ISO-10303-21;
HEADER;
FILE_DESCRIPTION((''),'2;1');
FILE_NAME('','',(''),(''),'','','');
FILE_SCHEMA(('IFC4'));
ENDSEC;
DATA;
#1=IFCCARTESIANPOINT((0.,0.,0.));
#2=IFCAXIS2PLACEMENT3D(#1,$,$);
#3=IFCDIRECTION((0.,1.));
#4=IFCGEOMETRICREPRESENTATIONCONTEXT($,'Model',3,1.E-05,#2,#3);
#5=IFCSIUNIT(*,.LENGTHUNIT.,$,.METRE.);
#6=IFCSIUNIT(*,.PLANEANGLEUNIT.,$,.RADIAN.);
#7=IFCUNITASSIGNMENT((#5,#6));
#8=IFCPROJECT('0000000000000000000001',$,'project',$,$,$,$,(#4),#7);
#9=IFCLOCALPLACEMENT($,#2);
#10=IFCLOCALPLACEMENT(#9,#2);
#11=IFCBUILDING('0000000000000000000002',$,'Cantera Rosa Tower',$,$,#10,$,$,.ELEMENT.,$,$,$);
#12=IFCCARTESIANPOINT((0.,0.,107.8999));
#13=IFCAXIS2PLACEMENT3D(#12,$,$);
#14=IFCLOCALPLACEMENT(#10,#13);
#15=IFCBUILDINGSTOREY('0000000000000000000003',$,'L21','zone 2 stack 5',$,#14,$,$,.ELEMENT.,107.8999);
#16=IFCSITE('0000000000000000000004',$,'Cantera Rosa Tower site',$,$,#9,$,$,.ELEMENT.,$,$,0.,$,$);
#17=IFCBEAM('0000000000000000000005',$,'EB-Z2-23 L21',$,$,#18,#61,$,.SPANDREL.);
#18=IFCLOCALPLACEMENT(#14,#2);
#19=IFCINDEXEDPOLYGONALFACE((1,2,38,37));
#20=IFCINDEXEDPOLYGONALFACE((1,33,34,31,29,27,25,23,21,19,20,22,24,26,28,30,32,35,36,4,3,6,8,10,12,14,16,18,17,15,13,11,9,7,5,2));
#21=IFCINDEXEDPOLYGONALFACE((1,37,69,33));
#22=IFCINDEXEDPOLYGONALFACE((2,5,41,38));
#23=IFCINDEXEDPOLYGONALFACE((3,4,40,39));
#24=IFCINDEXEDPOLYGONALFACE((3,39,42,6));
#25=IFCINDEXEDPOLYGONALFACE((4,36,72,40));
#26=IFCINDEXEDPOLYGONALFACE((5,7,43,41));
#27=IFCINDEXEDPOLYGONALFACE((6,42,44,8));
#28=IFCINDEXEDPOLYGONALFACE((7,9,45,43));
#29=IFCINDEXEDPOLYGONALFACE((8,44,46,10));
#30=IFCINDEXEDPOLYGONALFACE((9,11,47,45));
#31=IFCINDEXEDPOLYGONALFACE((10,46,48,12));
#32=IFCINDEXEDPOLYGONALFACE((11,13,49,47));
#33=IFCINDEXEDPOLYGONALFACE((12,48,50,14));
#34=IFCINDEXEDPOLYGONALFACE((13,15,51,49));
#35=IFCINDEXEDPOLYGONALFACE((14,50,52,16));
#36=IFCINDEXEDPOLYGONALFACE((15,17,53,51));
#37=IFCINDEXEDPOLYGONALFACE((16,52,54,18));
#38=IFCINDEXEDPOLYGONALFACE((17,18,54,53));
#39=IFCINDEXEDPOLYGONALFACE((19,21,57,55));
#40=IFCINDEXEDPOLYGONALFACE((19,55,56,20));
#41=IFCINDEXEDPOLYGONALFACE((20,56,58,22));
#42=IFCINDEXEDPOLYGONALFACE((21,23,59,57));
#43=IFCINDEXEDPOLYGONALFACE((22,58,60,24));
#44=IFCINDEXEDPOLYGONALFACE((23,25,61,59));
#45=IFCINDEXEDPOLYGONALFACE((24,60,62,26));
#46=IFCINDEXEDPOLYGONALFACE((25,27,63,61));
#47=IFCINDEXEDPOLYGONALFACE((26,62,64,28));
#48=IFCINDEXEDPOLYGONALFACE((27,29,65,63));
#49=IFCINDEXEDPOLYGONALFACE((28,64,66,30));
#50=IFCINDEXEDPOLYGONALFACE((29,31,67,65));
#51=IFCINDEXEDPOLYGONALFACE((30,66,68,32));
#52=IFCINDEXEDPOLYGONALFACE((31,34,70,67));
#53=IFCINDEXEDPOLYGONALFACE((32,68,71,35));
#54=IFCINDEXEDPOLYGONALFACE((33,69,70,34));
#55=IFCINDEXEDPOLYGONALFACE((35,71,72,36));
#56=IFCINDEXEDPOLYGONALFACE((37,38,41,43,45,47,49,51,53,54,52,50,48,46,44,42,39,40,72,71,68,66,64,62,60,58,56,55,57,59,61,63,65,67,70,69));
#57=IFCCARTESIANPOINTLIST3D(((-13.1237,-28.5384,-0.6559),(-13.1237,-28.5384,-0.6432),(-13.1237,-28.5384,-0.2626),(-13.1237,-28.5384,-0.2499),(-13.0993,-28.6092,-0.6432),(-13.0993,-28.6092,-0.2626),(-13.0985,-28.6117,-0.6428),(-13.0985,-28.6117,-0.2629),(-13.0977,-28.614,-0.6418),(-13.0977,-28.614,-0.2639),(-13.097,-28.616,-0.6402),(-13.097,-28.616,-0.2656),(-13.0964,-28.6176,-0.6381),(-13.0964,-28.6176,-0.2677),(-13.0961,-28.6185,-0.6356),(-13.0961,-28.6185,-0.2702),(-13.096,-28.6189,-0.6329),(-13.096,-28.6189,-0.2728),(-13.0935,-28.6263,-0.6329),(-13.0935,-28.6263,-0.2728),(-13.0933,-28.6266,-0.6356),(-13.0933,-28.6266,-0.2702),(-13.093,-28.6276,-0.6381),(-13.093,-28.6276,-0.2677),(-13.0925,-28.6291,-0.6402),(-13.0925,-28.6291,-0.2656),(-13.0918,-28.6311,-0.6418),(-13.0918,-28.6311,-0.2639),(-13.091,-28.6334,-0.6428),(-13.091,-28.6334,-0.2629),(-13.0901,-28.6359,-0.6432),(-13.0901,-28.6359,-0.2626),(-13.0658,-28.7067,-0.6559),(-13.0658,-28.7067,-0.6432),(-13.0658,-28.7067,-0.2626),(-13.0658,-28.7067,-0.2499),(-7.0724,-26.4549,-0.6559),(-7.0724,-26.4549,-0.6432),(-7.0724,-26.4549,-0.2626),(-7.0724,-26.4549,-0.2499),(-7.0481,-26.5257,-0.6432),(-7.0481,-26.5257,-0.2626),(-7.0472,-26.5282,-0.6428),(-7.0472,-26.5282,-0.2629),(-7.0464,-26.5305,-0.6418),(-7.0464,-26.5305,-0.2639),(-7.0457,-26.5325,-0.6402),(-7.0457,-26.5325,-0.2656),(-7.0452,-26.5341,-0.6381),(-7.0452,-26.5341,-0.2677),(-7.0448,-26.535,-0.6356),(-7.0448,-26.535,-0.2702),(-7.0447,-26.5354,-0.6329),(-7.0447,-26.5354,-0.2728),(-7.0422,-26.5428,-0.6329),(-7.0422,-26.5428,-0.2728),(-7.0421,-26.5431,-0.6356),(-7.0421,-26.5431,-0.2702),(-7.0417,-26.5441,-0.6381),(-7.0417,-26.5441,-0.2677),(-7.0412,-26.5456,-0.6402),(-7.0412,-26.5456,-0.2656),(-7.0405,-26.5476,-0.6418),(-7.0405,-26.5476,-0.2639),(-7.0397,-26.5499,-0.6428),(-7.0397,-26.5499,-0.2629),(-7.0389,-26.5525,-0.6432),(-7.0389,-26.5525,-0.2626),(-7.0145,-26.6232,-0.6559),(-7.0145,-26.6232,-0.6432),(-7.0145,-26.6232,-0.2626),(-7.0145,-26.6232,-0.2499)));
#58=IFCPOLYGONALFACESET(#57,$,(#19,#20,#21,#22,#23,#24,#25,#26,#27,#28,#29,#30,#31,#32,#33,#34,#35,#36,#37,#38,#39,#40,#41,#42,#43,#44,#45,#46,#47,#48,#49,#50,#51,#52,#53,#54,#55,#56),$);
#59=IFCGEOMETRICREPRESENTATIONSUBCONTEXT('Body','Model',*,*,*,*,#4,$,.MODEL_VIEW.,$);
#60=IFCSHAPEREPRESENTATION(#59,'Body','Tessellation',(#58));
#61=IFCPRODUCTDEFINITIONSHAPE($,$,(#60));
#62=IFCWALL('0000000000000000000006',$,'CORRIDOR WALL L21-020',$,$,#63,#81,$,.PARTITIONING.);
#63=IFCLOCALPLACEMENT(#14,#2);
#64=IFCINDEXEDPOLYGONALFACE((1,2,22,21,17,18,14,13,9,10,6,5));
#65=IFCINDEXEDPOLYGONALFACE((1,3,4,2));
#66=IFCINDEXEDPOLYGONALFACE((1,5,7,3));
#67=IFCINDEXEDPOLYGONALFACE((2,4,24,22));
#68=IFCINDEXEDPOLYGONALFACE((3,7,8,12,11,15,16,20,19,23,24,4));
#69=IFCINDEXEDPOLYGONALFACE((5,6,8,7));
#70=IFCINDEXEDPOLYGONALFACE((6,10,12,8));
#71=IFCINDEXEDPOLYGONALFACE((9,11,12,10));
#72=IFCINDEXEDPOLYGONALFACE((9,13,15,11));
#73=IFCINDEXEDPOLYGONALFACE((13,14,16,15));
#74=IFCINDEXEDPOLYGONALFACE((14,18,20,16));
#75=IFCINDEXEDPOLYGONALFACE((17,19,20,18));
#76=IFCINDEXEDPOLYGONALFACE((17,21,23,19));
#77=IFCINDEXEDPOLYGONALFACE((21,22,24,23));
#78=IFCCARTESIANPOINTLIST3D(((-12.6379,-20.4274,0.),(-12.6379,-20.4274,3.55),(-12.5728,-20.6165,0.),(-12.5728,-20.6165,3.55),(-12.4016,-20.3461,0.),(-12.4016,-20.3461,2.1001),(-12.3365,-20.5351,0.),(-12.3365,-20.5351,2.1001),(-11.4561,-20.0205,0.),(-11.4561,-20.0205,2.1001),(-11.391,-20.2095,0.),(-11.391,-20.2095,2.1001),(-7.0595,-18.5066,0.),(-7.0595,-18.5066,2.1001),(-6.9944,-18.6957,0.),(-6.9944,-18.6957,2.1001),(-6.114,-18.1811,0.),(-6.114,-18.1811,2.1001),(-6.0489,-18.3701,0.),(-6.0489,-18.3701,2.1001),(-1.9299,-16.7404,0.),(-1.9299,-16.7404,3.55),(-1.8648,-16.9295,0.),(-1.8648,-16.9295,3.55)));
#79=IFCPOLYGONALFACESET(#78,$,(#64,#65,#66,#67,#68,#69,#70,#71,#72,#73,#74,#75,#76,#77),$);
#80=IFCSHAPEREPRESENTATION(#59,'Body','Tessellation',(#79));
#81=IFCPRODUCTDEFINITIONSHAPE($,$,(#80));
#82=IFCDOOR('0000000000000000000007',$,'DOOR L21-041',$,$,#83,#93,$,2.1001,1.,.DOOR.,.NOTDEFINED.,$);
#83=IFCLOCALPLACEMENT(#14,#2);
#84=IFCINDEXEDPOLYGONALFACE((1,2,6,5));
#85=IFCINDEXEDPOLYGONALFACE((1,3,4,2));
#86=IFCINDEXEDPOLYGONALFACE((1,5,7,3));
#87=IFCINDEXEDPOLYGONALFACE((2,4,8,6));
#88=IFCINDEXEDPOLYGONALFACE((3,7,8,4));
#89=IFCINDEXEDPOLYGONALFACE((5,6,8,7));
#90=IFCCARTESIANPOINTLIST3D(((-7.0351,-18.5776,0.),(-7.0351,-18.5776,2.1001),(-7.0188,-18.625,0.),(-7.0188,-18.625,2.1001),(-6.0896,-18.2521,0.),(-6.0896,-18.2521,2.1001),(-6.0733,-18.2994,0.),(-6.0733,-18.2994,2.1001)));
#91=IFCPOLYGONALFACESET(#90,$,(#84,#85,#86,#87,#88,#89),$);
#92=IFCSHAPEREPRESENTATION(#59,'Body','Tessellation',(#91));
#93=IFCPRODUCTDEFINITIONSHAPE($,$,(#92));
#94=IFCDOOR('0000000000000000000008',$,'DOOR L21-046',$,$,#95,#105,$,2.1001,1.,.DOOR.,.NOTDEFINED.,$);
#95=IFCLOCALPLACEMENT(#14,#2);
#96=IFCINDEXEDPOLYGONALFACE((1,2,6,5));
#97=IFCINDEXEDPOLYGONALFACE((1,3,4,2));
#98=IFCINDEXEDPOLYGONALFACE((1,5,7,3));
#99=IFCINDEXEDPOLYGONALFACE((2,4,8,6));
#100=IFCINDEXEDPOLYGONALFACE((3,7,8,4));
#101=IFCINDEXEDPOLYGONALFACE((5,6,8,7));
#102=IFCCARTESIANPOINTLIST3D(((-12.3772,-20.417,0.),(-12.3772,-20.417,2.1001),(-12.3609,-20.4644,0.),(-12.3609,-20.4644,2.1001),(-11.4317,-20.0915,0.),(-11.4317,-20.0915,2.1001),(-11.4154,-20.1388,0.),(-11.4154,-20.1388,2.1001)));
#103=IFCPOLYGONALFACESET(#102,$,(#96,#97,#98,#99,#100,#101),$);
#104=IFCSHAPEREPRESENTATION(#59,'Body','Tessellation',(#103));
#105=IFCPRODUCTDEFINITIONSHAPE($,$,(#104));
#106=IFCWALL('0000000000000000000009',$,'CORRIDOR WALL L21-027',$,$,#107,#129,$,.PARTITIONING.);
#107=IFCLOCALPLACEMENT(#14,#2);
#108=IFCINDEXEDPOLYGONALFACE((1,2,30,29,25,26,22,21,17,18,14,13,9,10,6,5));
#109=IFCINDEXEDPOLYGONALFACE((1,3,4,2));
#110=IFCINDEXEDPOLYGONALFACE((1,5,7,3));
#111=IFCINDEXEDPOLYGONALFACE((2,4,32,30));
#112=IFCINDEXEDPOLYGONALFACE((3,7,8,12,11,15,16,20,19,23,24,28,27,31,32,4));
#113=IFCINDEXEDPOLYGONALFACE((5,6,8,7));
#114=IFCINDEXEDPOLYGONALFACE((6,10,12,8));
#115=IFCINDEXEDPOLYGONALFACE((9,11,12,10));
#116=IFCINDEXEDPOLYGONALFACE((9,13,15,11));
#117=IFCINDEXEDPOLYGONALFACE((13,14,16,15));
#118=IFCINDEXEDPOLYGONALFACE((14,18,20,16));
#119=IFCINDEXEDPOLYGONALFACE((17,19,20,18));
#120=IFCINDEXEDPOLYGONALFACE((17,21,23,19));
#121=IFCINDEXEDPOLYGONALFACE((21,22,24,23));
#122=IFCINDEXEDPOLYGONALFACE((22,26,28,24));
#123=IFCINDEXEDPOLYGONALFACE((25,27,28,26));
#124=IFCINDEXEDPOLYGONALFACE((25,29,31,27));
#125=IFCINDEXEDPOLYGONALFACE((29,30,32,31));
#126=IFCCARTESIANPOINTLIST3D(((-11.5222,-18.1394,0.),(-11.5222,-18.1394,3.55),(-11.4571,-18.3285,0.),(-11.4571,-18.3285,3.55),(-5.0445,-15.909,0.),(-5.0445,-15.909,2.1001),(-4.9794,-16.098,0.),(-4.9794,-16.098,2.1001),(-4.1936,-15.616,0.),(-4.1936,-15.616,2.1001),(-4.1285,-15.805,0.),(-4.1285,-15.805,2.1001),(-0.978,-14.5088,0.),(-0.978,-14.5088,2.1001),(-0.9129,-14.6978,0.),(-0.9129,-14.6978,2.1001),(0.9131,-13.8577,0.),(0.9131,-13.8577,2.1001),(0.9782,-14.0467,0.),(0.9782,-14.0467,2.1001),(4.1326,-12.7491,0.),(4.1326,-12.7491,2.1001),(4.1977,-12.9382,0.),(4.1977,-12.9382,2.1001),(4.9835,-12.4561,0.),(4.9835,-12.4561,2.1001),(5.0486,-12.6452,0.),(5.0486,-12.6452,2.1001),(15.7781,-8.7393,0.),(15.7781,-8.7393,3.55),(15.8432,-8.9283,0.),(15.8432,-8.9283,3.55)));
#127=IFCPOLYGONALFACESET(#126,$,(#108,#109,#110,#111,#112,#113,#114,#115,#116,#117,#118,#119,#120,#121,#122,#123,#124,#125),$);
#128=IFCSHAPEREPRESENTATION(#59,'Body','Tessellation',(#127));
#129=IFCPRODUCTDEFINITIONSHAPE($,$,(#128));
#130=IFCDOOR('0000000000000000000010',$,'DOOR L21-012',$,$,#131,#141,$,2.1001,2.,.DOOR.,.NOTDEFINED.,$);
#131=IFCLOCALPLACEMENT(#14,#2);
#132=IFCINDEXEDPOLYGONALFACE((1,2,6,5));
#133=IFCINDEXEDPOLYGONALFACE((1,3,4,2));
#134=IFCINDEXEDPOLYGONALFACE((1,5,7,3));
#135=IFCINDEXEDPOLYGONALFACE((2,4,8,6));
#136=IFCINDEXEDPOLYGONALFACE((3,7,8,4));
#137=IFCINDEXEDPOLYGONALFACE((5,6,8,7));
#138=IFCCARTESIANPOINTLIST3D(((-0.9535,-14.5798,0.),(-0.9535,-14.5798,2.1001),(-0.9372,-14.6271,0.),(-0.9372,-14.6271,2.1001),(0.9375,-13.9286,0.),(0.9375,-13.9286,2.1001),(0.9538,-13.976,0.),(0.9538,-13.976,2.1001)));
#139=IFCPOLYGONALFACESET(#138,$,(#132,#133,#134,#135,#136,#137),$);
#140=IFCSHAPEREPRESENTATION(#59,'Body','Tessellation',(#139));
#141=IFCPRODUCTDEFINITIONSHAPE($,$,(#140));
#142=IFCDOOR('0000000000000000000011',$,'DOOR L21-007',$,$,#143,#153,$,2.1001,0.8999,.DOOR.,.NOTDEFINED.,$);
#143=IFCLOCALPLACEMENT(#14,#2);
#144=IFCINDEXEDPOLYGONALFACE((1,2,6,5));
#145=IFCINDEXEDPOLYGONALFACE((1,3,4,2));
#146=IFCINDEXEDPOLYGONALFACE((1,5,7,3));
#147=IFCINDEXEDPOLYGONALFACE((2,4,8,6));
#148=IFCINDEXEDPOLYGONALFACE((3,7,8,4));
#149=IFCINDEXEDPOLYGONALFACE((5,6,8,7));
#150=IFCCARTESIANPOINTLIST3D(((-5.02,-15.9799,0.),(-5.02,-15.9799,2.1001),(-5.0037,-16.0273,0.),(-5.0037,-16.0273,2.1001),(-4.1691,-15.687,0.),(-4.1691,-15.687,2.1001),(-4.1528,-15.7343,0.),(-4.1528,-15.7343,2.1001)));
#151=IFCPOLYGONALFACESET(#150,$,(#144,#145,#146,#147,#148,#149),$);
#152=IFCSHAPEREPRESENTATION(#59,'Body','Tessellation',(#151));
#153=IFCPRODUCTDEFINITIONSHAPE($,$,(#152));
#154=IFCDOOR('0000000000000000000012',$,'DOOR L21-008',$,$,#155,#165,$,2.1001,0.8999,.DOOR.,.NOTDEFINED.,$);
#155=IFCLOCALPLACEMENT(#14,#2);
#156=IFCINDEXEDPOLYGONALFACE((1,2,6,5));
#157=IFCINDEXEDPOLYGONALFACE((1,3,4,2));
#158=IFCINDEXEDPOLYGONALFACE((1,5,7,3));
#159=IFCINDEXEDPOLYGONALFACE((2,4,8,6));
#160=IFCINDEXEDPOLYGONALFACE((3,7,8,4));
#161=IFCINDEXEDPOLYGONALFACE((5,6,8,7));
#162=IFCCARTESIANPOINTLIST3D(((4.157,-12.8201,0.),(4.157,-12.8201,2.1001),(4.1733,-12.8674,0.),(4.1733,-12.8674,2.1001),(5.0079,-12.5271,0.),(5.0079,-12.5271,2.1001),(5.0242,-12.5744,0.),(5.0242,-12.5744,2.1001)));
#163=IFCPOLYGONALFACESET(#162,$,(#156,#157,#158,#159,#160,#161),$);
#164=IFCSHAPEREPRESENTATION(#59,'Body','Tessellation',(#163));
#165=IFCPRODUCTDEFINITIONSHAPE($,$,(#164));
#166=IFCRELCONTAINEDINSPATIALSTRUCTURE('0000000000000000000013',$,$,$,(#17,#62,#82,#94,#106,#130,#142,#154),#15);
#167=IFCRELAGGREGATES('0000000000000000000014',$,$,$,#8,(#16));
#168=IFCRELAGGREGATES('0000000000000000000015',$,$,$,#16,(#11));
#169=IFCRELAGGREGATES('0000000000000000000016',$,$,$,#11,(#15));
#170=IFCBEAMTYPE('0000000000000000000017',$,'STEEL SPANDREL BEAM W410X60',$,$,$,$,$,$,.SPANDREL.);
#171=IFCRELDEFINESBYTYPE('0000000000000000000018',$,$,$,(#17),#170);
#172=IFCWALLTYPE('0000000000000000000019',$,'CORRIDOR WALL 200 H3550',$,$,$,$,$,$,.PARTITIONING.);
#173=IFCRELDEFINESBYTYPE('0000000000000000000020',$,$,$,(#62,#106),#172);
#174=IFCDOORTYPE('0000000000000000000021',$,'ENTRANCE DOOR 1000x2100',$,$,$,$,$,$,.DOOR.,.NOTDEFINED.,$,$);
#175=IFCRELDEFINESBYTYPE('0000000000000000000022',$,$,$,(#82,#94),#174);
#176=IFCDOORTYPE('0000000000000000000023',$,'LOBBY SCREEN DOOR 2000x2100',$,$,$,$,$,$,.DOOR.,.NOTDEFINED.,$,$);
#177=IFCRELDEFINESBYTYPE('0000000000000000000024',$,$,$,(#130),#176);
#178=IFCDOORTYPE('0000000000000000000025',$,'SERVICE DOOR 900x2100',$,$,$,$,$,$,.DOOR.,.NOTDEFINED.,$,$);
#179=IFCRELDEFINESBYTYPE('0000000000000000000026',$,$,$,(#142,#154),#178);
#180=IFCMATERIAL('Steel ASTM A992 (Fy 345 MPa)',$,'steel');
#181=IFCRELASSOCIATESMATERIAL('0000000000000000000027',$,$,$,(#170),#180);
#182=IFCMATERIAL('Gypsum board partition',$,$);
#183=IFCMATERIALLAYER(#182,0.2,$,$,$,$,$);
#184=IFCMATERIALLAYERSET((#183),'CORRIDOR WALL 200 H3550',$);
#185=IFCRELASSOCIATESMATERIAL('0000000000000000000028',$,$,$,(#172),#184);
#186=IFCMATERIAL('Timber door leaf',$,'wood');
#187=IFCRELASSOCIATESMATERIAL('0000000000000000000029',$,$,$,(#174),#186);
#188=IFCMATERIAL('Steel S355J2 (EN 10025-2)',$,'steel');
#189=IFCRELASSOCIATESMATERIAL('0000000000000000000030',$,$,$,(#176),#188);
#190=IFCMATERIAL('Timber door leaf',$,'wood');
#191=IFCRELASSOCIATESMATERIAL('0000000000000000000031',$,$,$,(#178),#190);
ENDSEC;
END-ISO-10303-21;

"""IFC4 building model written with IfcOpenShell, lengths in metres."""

from ifc_helpers import new_model, si_unit, direction, frame, frame_2d, origin, origin_2d, place, context, subcontext, project, spatial, rectangle, i_section, extrude, material, layer, layer_set, material_profile, profile_set, type_object, element, fill, save


model = new_model("IFC4")

# Units and contexts
model_context = context("Model", 3, precision=1e-05, world=origin(), true_north=direction((0.0, 1.0)))
body_context = subcontext(model_context, "Body", "Model", "MODEL_VIEW")
ifc_project = project(units=[si_unit("LENGTHUNIT", "METRE"), si_unit("PLANEANGLEUNIT", "RADIAN")], contexts=[model_context])

# Site, building, storey
site_placement = place(None, origin())
site = spatial("IfcSite", under=ifc_project, at=site_placement, Name="Cantera Rosa Tower site", CompositionType="ELEMENT", RefElevation=0.0)
building_placement = place(site_placement, origin())
building = spatial("IfcBuilding", under=site, at=building_placement, Name="Cantera Rosa Tower", CompositionType="ELEMENT")
storey_placement = place(building_placement, frame((0.0, 0.0, 107.8999)))
storey = spatial("IfcBuildingStorey", under=building, at=storey_placement, Name="L21", Description="zone 2 stack 5", CompositionType="ELEMENT", Elevation=107.8999)

# Beam
ifc_material_1 = material(Name="Steel ASTM A992 (Fy 345 MPa)", Category="steel")
ifc_material_profile_1 = material_profile(ifc_material_1, i_section(OverallWidth=0.178, OverallDepth=0.406, WebThickness=0.0078, FlangeThickness=0.0127, FilletRadius=0.0103, at=origin_2d()), Name="W410X60")
ifc_profile_set_1 = profile_set([ifc_material_profile_1], Name="Steel ASTM A992 (Fy 345 MPa)")
beam_type_1 = type_object("IfcBeamType", Name="STEEL SPANDREL BEAM W410X60", PredefinedType="SPANDREL", material=ifc_profile_set_1)
beam_1_placement = place(storey_placement, frame((-13.0947, -28.6226, -0.4529), z_axis=(0.945524, 0.325551, 0.0), x_axis=(-0.325551, 0.945524, 0.0)))
element("IfcBeam", 1, at=beam_1_placement, inside=storey, type_object=beam_type_1, Name="EB-Z2-23 L21", PredefinedType="SPANDREL", context=body_context, shape_type="SweptSolid", body=[
    extrude(i_section(OverallWidth=0.178, OverallDepth=0.406, WebThickness=0.0078, FlangeThickness=0.0127, FilletRadius=0.0103, at=origin_2d()), origin(), (0.0, 0.0, 1.0), 6.3999),
])

# Walls, openings, doors
ifc_material_2 = material(Name="Gypsum board partition")
ifc_layer_1 = layer(ifc_material_2, 0.2)
ifc_layer_set_1 = layer_set([ifc_layer_1], Name="CORRIDOR WALL 200 H3550")
wall_type_1 = type_object("IfcWallType", Name="CORRIDOR WALL 200 H3550", PredefinedType="PARTITIONING", material=ifc_layer_set_1)
wall_1_placement = place(storey_placement, frame((-12.6055, -20.522, 0.0), z_axis=(0.0, 0.0, 1.0), x_axis=(0.94552, 0.325564, 0.0)))
wall_1 = element("IfcWall", 2, at=wall_1_placement, inside=storey, type_object=wall_type_1, Name="CORRIDOR WALL L21-020", PredefinedType="PARTITIONING", context=body_context, shape_type="SweptSolid", body=[
    extrude(rectangle(XDim=11.325, YDim=0.2, at=frame_2d((5.6626, 0.0))), origin(), (0.0, 0.0, 1.0), 3.55),
])
opening_1_placement = place(wall_1_placement, frame((5.8999, 0.0, 0.0)))
opening_1 = element("IfcOpeningElement", 3, at=opening_1_placement, cuts=wall_1, PredefinedType="OPENING", context=body_context, shape_type="SweptSolid", body=[
    extrude(rectangle(XDim=1.0, YDim=2.1001, at=frame_2d((0.5, 1.05))), frame((0.0, 0.1099, 0.0), z_axis=(0.0, -1.0, 0.0), x_axis=(1.0, 0.0, 0.0)), (0.0, 0.0, 1.0), 0.22),
])
opening_2_placement = place(wall_1_placement, frame((0.25, 0.0, 0.0)))
opening_2 = element("IfcOpeningElement", 4, at=opening_2_placement, cuts=wall_1, PredefinedType="OPENING", context=body_context, shape_type="SweptSolid", body=[
    extrude(rectangle(XDim=1.0, YDim=2.1001, at=frame_2d((0.5, 1.05))), frame((0.0, 0.1099, 0.0), z_axis=(0.0, -1.0, 0.0), x_axis=(1.0, 0.0, 0.0)), (0.0, 0.0, 1.0), 0.22),
])
ifc_material_3 = material(Name="Timber door leaf", Category="wood")
door_type_1 = type_object("IfcDoorType", Name="ENTRANCE DOOR 1000x2100", OperationType="NOTDEFINED", PredefinedType="DOOR", material=ifc_material_3)
door_1_placement = place(opening_1_placement, origin())
door_1 = element("IfcDoor", 5, at=door_1_placement, inside=storey, type_object=door_type_1, Name="DOOR L21-041", OperationType="NOTDEFINED", OverallHeight=2.1001, OverallWidth=1.0, PredefinedType="DOOR", context=body_context, shape_type="SweptSolid", body=[
    extrude(rectangle(XDim=1.0, YDim=2.1001, at=frame_2d((0.5, 1.05))), frame((0.0, 0.0249, 0.0), z_axis=(0.0, -1.0, 0.0), x_axis=(1.0, 0.0, 0.0)), (0.0, 0.0, 1.0), 0.05),
])
fill(opening_1, door_1)
door_2_placement = place(opening_2_placement, origin())
door_2 = element("IfcDoor", 6, at=door_2_placement, inside=storey, type_object=door_type_1, Name="DOOR L21-046", OperationType="NOTDEFINED", OverallHeight=2.1001, OverallWidth=1.0, PredefinedType="DOOR", context=body_context, shape_type="SweptSolid", body=[
    extrude(rectangle(XDim=1.0, YDim=2.1001, at=frame_2d((0.5, 1.05))), frame((0.0, 0.0249, 0.0), z_axis=(0.0, -1.0, 0.0), x_axis=(1.0, 0.0, 0.0)), (0.0, 0.0, 1.0), 0.05),
])
fill(opening_2, door_2)
wall_2_placement = place(storey_placement, frame((-11.4895, -18.2339, 0.0), z_axis=(0.0, 0.0, 1.0), x_axis=(0.94552, 0.325565, 0.0)))
wall_2 = element("IfcWall", 7, at=wall_2_placement, inside=storey, type_object=wall_type_1, Name="CORRIDOR WALL L21-027", PredefinedType="PARTITIONING", context=body_context, shape_type="SweptSolid", body=[
    extrude(rectangle(XDim=28.8733, YDim=0.2, at=frame_2d((14.4365, 0.0))), origin(), (0.0, 0.0, 1.0), 3.55),
])
opening_3_placement = place(wall_2_placement, frame((6.8508, 0.0, 0.0)))
opening_3 = element("IfcOpeningElement", 8, at=opening_3_placement, cuts=wall_2, PredefinedType="OPENING", context=body_context, shape_type="SweptSolid", body=[
    extrude(rectangle(XDim=0.8999, YDim=2.1001, at=frame_2d((0.45, 1.05))), frame((0.0, 0.1099, 0.0), z_axis=(0.0, -1.0, 0.0), x_axis=(1.0, 0.0, 0.0)), (0.0, 0.0, 1.0), 0.22),
])
opening_4_placement = place(wall_2_placement, frame((16.5566, 0.0, 0.0)))
opening_4 = element("IfcOpeningElement", 9, at=opening_4_placement, cuts=wall_2, PredefinedType="OPENING", context=body_context, shape_type="SweptSolid", body=[
    extrude(rectangle(XDim=0.8999, YDim=2.1001, at=frame_2d((0.45, 1.05))), frame((0.0, 0.1099, 0.0), z_axis=(0.0, -1.0, 0.0), x_axis=(1.0, 0.0, 0.0)), (0.0, 0.0, 1.0), 0.22),
])
opening_5_placement = place(wall_2_placement, frame((11.1516, 0.0, 0.0)))
opening_5 = element("IfcOpeningElement", 10, at=opening_5_placement, cuts=wall_2, PredefinedType="OPENING", context=body_context, shape_type="SweptSolid", body=[
    extrude(rectangle(XDim=2.0, YDim=2.1001, at=frame_2d((1.0, 1.05))), frame((0.0, 0.1099, 0.0), z_axis=(0.0, -1.0, 0.0), x_axis=(1.0, 0.0, 0.0)), (0.0, 0.0, 1.0), 0.22),
])
ifc_material_4 = material(Name="Steel S355J2 (EN 10025-2)", Category="steel")
door_type_2 = type_object("IfcDoorType", Name="LOBBY SCREEN DOOR 2000x2100", OperationType="NOTDEFINED", PredefinedType="DOOR", material=ifc_material_4)
door_3_placement = place(opening_5_placement, origin())
door_3 = element("IfcDoor", 11, at=door_3_placement, inside=storey, type_object=door_type_2, Name="DOOR L21-012", OperationType="NOTDEFINED", OverallHeight=2.1001, OverallWidth=2.0, PredefinedType="DOOR", context=body_context, shape_type="SweptSolid", body=[
    extrude(rectangle(XDim=2.0, YDim=2.1001, at=frame_2d((1.0, 1.05))), frame((0.0, 0.0249, 0.0), z_axis=(0.0, -1.0, 0.0), x_axis=(1.0, 0.0, 0.0)), (0.0, 0.0, 1.0), 0.05),
])
fill(opening_5, door_3)
ifc_material_5 = material(Name="Timber door leaf", Category="wood")
door_type_3 = type_object("IfcDoorType", Name="SERVICE DOOR 900x2100", OperationType="NOTDEFINED", PredefinedType="DOOR", material=ifc_material_5)
door_4_placement = place(opening_3_placement, origin())
door_4 = element("IfcDoor", 12, at=door_4_placement, inside=storey, type_object=door_type_3, Name="DOOR L21-007", OperationType="NOTDEFINED", OverallHeight=2.1001, OverallWidth=0.8999, PredefinedType="DOOR", context=body_context, shape_type="SweptSolid", body=[
    extrude(rectangle(XDim=0.8999, YDim=2.1001, at=frame_2d((0.45, 1.05))), frame((0.0, 0.0249, 0.0), z_axis=(0.0, -1.0, 0.0), x_axis=(1.0, 0.0, 0.0)), (0.0, 0.0, 1.0), 0.05),
])
fill(opening_3, door_4)
door_5_placement = place(opening_4_placement, origin())
door_5 = element("IfcDoor", 13, at=door_5_placement, inside=storey, type_object=door_type_3, Name="DOOR L21-008", OperationType="NOTDEFINED", OverallHeight=2.1001, OverallWidth=0.8999, PredefinedType="DOOR", context=body_context, shape_type="SweptSolid", body=[
    extrude(rectangle(XDim=0.8999, YDim=2.1001, at=frame_2d((0.45, 1.05))), frame((0.0, 0.0249, 0.0), z_axis=(0.0, -1.0, 0.0), x_axis=(1.0, 0.0, 0.0)), (0.0, 0.0, 1.0), 0.05),
])
fill(opening_4, door_5)

save(model, "model.ifc")
